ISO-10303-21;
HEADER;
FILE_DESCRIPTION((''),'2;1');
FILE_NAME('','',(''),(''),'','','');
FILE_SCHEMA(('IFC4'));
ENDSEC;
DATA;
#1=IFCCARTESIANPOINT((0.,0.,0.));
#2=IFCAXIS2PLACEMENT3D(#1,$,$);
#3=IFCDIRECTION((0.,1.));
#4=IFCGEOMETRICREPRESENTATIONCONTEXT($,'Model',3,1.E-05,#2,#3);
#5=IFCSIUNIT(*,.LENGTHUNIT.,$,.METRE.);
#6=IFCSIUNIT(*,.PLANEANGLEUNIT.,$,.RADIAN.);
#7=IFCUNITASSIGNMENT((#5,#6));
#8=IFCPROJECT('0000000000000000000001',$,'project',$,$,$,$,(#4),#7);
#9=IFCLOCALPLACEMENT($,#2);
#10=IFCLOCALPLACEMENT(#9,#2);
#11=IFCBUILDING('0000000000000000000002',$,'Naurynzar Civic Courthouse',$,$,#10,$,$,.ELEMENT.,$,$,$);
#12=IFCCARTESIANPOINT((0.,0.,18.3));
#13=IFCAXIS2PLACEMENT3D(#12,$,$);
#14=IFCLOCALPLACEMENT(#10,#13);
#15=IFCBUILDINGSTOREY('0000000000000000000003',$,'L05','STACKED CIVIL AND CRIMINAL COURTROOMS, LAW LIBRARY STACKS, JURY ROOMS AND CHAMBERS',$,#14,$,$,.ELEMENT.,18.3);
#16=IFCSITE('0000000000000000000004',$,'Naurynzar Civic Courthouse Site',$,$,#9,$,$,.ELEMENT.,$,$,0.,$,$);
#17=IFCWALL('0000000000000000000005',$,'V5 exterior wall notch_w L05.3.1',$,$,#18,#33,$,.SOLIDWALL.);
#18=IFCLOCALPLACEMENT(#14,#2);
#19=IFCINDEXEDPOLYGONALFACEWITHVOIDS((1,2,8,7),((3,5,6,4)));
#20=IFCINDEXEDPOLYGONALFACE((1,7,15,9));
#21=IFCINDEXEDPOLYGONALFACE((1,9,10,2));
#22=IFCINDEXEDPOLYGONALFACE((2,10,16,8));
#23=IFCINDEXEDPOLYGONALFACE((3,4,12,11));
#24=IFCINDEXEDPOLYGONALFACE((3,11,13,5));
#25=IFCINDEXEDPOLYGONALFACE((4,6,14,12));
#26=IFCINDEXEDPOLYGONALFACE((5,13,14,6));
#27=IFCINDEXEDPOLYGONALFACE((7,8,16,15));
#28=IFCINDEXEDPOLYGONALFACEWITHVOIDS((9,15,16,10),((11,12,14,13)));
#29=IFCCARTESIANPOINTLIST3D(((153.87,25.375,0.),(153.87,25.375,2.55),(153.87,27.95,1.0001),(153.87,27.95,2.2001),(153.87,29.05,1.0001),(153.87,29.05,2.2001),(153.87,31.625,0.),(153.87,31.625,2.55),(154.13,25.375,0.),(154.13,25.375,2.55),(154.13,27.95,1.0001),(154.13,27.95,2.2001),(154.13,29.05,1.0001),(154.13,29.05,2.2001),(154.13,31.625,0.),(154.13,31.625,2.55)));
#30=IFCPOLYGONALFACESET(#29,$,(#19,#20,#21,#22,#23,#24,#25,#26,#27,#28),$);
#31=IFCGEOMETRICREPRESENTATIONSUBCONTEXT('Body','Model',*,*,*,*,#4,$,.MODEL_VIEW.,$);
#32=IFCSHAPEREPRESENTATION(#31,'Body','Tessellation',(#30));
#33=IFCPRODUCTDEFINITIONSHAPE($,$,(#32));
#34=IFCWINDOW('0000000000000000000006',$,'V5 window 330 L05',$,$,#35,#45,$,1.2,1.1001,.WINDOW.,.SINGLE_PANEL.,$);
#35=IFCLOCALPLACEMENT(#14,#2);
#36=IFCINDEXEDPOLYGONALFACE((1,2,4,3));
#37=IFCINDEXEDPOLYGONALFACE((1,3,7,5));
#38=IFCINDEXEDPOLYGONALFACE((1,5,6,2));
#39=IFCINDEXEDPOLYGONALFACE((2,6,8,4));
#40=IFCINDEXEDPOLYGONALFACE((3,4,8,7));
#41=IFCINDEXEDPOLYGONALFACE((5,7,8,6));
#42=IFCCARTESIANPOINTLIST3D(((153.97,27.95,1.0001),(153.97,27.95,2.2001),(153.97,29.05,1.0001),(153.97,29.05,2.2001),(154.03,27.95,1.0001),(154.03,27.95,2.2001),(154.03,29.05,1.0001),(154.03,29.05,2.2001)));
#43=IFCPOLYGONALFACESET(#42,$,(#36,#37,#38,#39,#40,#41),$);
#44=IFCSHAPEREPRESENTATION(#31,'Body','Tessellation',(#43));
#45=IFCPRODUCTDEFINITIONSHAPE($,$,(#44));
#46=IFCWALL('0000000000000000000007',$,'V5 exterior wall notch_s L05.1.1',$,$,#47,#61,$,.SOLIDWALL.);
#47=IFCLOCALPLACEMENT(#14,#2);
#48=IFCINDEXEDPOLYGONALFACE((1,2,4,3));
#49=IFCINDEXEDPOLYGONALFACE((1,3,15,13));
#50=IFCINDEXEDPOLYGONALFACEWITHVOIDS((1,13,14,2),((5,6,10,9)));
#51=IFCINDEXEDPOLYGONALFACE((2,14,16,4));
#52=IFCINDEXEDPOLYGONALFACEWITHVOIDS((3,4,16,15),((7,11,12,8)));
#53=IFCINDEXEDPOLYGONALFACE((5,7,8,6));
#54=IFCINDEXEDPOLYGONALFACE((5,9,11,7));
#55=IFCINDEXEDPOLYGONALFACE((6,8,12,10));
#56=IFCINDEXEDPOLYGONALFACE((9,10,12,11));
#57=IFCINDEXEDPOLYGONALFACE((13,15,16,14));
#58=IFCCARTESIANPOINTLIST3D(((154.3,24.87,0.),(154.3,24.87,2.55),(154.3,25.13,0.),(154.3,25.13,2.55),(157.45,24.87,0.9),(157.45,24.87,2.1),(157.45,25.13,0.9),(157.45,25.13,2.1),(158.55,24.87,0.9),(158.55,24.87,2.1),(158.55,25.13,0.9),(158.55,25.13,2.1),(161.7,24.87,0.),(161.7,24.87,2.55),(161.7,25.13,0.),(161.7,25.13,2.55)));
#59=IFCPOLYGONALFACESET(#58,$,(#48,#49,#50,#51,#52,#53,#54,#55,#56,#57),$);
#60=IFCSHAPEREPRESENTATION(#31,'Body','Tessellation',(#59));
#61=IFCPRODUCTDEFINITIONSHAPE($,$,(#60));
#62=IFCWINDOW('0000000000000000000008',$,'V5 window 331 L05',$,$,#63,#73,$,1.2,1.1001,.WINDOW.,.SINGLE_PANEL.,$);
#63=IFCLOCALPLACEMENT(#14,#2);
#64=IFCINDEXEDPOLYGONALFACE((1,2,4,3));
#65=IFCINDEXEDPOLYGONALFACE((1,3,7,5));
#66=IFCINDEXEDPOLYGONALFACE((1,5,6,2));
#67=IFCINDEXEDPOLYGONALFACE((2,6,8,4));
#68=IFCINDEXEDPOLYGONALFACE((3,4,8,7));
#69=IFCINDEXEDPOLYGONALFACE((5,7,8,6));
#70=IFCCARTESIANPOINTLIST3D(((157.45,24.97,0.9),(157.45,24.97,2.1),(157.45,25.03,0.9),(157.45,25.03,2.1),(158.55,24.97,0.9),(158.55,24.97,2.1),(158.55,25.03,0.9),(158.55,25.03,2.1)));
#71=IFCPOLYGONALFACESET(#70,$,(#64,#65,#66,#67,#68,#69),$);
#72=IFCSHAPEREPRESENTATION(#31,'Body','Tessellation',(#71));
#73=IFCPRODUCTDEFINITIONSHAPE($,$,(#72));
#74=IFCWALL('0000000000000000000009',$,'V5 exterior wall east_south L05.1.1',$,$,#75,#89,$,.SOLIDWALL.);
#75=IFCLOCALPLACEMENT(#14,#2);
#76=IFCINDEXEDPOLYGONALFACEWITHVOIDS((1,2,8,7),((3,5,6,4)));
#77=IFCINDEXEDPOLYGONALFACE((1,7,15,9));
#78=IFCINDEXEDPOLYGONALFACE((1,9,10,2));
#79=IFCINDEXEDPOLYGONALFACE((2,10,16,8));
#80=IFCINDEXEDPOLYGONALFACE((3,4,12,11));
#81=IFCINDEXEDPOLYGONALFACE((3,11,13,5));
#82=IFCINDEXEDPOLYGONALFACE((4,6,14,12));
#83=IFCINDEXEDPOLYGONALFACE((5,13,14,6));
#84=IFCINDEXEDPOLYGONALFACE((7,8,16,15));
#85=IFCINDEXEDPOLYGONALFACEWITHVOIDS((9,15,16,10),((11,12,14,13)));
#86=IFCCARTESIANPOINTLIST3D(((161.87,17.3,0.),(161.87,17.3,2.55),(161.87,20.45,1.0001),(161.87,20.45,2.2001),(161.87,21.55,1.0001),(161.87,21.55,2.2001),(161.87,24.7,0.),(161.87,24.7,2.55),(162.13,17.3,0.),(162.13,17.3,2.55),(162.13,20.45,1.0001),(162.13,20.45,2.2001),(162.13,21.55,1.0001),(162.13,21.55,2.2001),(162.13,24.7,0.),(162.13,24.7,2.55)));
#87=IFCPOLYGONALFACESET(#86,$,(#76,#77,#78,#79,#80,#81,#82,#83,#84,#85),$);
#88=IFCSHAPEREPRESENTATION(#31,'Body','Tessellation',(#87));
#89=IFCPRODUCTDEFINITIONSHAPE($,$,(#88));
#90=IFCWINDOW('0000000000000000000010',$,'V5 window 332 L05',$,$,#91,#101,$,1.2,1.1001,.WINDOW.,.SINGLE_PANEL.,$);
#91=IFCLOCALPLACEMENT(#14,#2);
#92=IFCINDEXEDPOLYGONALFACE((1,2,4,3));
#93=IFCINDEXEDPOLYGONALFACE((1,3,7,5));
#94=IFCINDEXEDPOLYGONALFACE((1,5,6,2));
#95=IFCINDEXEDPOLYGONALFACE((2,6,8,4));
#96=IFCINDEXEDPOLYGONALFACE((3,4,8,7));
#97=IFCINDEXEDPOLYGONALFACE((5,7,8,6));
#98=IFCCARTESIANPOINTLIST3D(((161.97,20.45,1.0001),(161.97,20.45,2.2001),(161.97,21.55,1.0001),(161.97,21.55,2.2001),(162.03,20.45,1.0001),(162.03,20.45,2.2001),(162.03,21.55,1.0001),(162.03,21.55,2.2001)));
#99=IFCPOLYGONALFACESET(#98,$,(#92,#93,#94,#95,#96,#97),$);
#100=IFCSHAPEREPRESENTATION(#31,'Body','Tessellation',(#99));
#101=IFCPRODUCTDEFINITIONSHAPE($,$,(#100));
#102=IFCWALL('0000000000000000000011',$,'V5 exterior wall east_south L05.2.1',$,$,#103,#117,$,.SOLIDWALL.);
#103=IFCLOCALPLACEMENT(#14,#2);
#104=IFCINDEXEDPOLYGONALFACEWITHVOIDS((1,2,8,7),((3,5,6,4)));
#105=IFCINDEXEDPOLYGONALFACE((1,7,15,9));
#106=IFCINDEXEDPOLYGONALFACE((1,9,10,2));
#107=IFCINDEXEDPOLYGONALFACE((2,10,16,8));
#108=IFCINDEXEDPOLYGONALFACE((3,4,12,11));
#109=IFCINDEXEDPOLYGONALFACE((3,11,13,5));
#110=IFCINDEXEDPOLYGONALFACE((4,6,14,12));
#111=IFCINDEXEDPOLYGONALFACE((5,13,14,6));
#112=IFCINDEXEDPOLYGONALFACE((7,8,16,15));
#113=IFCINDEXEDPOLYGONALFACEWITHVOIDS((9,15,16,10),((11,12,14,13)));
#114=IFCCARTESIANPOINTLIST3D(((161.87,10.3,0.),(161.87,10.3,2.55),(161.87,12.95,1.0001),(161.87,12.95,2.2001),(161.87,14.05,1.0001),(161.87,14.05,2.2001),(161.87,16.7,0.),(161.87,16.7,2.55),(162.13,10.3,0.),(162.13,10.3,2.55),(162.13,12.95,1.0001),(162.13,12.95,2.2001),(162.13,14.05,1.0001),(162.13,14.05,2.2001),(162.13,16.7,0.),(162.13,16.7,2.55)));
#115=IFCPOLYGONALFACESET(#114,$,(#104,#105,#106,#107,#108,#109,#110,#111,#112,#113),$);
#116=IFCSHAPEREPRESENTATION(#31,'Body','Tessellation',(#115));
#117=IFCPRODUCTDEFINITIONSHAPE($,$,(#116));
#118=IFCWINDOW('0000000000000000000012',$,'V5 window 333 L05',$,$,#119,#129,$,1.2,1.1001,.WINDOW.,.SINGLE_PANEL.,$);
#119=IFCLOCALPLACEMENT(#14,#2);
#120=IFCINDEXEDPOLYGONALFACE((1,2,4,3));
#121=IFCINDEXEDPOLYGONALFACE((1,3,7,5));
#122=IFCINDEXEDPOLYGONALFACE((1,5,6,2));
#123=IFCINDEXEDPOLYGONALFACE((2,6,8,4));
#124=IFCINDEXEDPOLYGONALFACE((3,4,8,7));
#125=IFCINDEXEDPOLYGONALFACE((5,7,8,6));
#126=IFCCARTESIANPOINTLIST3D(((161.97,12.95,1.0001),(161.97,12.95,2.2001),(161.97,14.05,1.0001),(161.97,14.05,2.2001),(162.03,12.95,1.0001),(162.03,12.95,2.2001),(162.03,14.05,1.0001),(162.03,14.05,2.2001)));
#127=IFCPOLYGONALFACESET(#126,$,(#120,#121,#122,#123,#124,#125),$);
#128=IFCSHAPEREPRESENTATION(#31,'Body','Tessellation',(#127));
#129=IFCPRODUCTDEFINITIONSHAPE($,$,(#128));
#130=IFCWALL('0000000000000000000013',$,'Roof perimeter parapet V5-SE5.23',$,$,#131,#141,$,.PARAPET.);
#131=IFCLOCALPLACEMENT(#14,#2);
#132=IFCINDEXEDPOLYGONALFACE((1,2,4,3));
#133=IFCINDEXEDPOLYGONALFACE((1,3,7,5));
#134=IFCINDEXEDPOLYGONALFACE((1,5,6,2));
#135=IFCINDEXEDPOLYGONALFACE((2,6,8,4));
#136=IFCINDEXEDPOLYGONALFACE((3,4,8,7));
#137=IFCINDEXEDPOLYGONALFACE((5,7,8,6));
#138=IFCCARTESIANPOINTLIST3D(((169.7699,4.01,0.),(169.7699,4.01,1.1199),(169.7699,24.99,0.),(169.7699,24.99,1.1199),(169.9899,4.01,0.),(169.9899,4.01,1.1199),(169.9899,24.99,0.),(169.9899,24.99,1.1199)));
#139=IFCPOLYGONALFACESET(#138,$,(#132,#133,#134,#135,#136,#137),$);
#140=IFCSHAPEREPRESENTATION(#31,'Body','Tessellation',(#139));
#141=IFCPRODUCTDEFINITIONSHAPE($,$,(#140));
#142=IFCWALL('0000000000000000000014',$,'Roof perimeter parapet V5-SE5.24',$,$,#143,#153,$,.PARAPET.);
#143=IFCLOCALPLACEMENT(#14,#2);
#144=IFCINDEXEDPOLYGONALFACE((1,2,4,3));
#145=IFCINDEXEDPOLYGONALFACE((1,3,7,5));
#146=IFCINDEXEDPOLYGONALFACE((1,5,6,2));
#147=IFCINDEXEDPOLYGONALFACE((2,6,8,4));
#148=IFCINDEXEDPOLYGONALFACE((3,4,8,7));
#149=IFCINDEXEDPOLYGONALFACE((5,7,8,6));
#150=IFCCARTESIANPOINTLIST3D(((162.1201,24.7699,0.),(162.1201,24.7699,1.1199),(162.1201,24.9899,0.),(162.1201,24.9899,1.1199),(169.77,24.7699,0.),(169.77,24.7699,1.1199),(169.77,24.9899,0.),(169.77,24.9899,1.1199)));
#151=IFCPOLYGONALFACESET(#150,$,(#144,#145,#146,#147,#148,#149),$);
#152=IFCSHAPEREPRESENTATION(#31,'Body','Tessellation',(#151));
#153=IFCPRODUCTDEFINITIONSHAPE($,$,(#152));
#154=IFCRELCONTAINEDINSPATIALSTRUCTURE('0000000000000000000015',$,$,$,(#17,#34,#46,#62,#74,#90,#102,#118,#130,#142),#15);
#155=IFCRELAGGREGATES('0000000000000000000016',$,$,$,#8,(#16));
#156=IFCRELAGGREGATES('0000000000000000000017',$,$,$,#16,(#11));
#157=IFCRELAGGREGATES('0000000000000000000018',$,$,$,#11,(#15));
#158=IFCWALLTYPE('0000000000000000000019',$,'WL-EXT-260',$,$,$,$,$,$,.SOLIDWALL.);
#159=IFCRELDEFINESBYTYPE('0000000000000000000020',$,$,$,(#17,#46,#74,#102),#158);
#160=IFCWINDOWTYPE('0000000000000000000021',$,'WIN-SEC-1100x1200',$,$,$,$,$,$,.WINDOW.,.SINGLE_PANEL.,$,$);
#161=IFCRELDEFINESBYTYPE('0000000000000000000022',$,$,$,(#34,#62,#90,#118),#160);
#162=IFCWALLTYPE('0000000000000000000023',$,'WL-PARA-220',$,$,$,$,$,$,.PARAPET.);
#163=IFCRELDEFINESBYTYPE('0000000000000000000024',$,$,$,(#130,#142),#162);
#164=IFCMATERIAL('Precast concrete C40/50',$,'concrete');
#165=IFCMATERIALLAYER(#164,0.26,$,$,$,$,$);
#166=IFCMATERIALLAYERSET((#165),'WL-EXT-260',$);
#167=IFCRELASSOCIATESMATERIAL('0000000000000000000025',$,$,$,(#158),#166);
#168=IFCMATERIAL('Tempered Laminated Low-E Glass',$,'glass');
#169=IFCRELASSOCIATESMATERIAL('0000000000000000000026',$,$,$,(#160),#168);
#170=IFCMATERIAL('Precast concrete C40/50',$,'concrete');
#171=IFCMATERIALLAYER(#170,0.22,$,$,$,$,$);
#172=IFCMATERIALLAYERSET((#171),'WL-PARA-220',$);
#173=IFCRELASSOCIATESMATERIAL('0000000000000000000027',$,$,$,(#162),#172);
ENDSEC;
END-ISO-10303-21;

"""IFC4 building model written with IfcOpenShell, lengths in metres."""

from ifc_helpers import new_model, si_unit, direction, frame, frame_2d, origin, place, context, subcontext, project, spatial, rectangle, extrude, material, layer, layer_set, type_object, element, fill, save


model = new_model("IFC4")

# Units and contexts
model_context = context("Model", 3, precision=1e-05, world=origin(), true_north=direction((0.0, 1.0)))
body_context = subcontext(model_context, "Body", "Model", "MODEL_VIEW")
ifc_project = project(units=[si_unit("LENGTHUNIT", "METRE"), si_unit("PLANEANGLEUNIT", "RADIAN")], contexts=[model_context])

# Site, building, storey
site_placement = place(None, origin())
site = spatial("IfcSite", under=ifc_project, at=site_placement, Name="Naurynzar Civic Courthouse Site", CompositionType="ELEMENT", RefElevation=0.0)
building_placement = place(site_placement, origin())
building = spatial("IfcBuilding", under=site, at=building_placement, Name="Naurynzar Civic Courthouse", CompositionType="ELEMENT")
storey_placement = place(building_placement, frame((0.0, 0.0, 18.3)))
storey = spatial("IfcBuildingStorey", under=building, at=storey_placement, Name="L05", Description="STACKED CIVIL AND CRIMINAL COURTROOMS, LAW LIBRARY STACKS, JURY ROOMS AND CHAMBERS", CompositionType="ELEMENT", Elevation=18.3)

# Walls, openings, windows
ifc_material_1 = material(Name="Precast concrete C40/50", Category="concrete")
ifc_layer_1 = layer(ifc_material_1, 0.26)
ifc_layer_set_1 = layer_set([ifc_layer_1], Name="WL-EXT-260")
wall_type_1 = type_object("IfcWallType", Name="WL-EXT-260", PredefinedType="SOLIDWALL", material=ifc_layer_set_1)
wall_1_placement = place(storey_placement, frame((154.0, 31.625, 0.0), z_axis=(0.0, 0.0, 1.0), x_axis=(0.0, -1.0, 0.0)))
wall_1 = element("IfcWall", 1, at=wall_1_placement, inside=storey, type_object=wall_type_1, Name="V5 exterior wall notch_w L05.3.1", PredefinedType="SOLIDWALL", context=body_context, shape_type="SweptSolid", body=[
    extrude(rectangle(XDim=6.25, YDim=0.26, at=frame_2d((3.125, 0.0))), origin(), (0.0, 0.0, 1.0), 2.55),
])
opening_1_placement = place(wall_1_placement, frame((2.575, 0.0, 1.0)))
opening_1 = element("IfcOpeningElement", 2, at=opening_1_placement, cuts=wall_1, PredefinedType="OPENING", context=body_context, shape_type="SweptSolid", body=[
    extrude(rectangle(XDim=1.1001, YDim=1.2, at=frame_2d((0.55, 0.6001))), frame((0.0, 0.1399, 0.0), z_axis=(0.0, -1.0, 0.0), x_axis=(1.0, 0.0, 0.0)), (0.0, 0.0, 1.0), 0.28),
])
ifc_material_2 = material(Name="Tempered Laminated Low-E Glass", Category="glass")
window_type = type_object("IfcWindowType", Name="WIN-SEC-1100x1200", PartitioningType="SINGLE_PANEL", PredefinedType="WINDOW", material=ifc_material_2)
window_1_placement = place(opening_1_placement, origin())
window_1 = element("IfcWindow", 3, at=window_1_placement, inside=storey, type_object=window_type, Name="V5 window 330 L05", OverallHeight=1.2, OverallWidth=1.1001, PartitioningType="SINGLE_PANEL", PredefinedType="WINDOW", context=body_context, shape_type="SweptSolid", body=[
    extrude(rectangle(XDim=1.1001, YDim=1.2, at=frame_2d((0.55, 0.6001))), frame((0.0, 0.03, 0.0), z_axis=(0.0, -1.0, 0.0), x_axis=(1.0, 0.0, 0.0)), (0.0, 0.0, 1.0), 0.0601),
])
fill(opening_1, window_1)
wall_2_placement = place(storey_placement, frame((154.3, 25.0, 0.0), z_axis=(0.0, 0.0, 1.0), x_axis=(1.0, 0.0, 0.0)))
wall_2 = element("IfcWall", 4, at=wall_2_placement, inside=storey, type_object=wall_type_1, Name="V5 exterior wall notch_s L05.1.1", PredefinedType="SOLIDWALL", context=body_context, shape_type="SweptSolid", body=[
    extrude(rectangle(XDim=7.3999, YDim=0.26, at=frame_2d((3.7, 0.0))), origin(), (0.0, 0.0, 1.0), 2.55),
])
opening_2_placement = place(wall_2_placement, frame((3.1499, 0.0, 0.8999)))
opening_2 = element("IfcOpeningElement", 5, at=opening_2_placement, cuts=wall_2, PredefinedType="OPENING", context=body_context, shape_type="SweptSolid", body=[
    extrude(rectangle(XDim=1.1001, YDim=1.2, at=frame_2d((0.55, 0.6001))), frame((0.0, 0.1399, 0.0), z_axis=(0.0, -1.0, 0.0), x_axis=(1.0, 0.0, 0.0)), (0.0, 0.0, 1.0), 0.28),
])
window_2_placement = place(opening_2_placement, origin())
window_2 = element("IfcWindow", 6, at=window_2_placement, inside=storey, type_object=window_type, Name="V5 window 331 L05", OverallHeight=1.2, OverallWidth=1.1001, PartitioningType="SINGLE_PANEL", PredefinedType="WINDOW", context=body_context, shape_type="SweptSolid", body=[
    extrude(rectangle(XDim=1.1001, YDim=1.2, at=frame_2d((0.55, 0.6001))), frame((0.0, 0.03, 0.0), z_axis=(0.0, -1.0, 0.0), x_axis=(1.0, 0.0, 0.0)), (0.0, 0.0, 1.0), 0.0601),
])
fill(opening_2, window_2)
wall_3_placement = place(storey_placement, frame((162.0, 24.7, 0.0), z_axis=(0.0, 0.0, 1.0), x_axis=(0.0, -1.0, 0.0)))
wall_3 = element("IfcWall", 7, at=wall_3_placement, inside=storey, type_object=wall_type_1, Name="V5 exterior wall east_south L05.1.1", PredefinedType="SOLIDWALL", context=body_context, shape_type="SweptSolid", body=[
    extrude(rectangle(XDim=7.3999, YDim=0.26, at=frame_2d((3.7, 0.0))), origin(), (0.0, 0.0, 1.0), 2.55),
])
opening_3_placement = place(wall_3_placement, frame((3.1499, 0.0, 1.0)))
opening_3 = element("IfcOpeningElement", 8, at=opening_3_placement, cuts=wall_3, PredefinedType="OPENING", context=body_context, shape_type="SweptSolid", body=[
    extrude(rectangle(XDim=1.1001, YDim=1.2, at=frame_2d((0.55, 0.6001))), frame((0.0, 0.1399, 0.0), z_axis=(0.0, -1.0, 0.0), x_axis=(1.0, 0.0, 0.0)), (0.0, 0.0, 1.0), 0.28),
])
window_3_placement = place(opening_3_placement, origin())
window_3 = element("IfcWindow", 9, at=window_3_placement, inside=storey, type_object=window_type, Name="V5 window 332 L05", OverallHeight=1.2, OverallWidth=1.1001, PartitioningType="SINGLE_PANEL", PredefinedType="WINDOW", context=body_context, shape_type="SweptSolid", body=[
    extrude(rectangle(XDim=1.1001, YDim=1.2, at=frame_2d((0.55, 0.6001))), frame((0.0, 0.03, 0.0), z_axis=(0.0, -1.0, 0.0), x_axis=(1.0, 0.0, 0.0)), (0.0, 0.0, 1.0), 0.0601),
])
fill(opening_3, window_3)
wall_4_placement = place(storey_placement, frame((162.0, 16.7, 0.0), z_axis=(0.0, 0.0, 1.0), x_axis=(0.0, -1.0, 0.0)))
wall_4 = element("IfcWall", 10, at=wall_4_placement, inside=storey, type_object=wall_type_1, Name="V5 exterior wall east_south L05.2.1", PredefinedType="SOLIDWALL", context=body_context, shape_type="SweptSolid", body=[
    extrude(rectangle(XDim=6.3999, YDim=0.26, at=frame_2d((3.2, 0.0))), origin(), (0.0, 0.0, 1.0), 2.55),
])
opening_4_placement = place(wall_4_placement, frame((2.6499, 0.0, 1.0)))
opening_4 = element("IfcOpeningElement", 11, at=opening_4_placement, cuts=wall_4, PredefinedType="OPENING", context=body_context, shape_type="SweptSolid", body=[
    extrude(rectangle(XDim=1.1001, YDim=1.2, at=frame_2d((0.55, 0.6001))), frame((0.0, 0.1399, 0.0), z_axis=(0.0, -1.0, 0.0), x_axis=(1.0, 0.0, 0.0)), (0.0, 0.0, 1.0), 0.28),
])
window_4_placement = place(opening_4_placement, origin())
window_4 = element("IfcWindow", 12, at=window_4_placement, inside=storey, type_object=window_type, Name="V5 window 333 L05", OverallHeight=1.2, OverallWidth=1.1001, PartitioningType="SINGLE_PANEL", PredefinedType="WINDOW", context=body_context, shape_type="SweptSolid", body=[
    extrude(rectangle(XDim=1.1001, YDim=1.2, at=frame_2d((0.55, 0.6001))), frame((0.0, 0.03, 0.0), z_axis=(0.0, -1.0, 0.0), x_axis=(1.0, 0.0, 0.0)), (0.0, 0.0, 1.0), 0.0601),
])
fill(opening_4, window_4)

# Walls
ifc_material_3 = material(Name="Precast concrete C40/50", Category="concrete")
ifc_layer_2 = layer(ifc_material_3, 0.22)
ifc_layer_set_2 = layer_set([ifc_layer_2], Name="WL-PARA-220")
wall_type_2 = type_object("IfcWallType", Name="WL-PARA-220", PredefinedType="PARAPET", material=ifc_layer_set_2)
wall_5_placement = place(storey_placement, frame((169.8799, 24.99, 0.0), z_axis=(0.0, 0.0, 1.0), x_axis=(0.0, -1.0, 0.0)))
element("IfcWall", 13, at=wall_5_placement, inside=storey, type_object=wall_type_2, Name="Roof perimeter parapet V5-SE5.23", PredefinedType="PARAPET", context=body_context, shape_type="SweptSolid", body=[
    extrude(rectangle(XDim=20.98, YDim=0.22, at=frame_2d((10.49, 0.0))), origin(), (0.0, 0.0, 1.0), 1.1199),
])
wall_6_placement = place(storey_placement, frame((162.1201, 24.8799, 0.0), z_axis=(0.0, 0.0, 1.0), x_axis=(1.0, 0.0, 0.0)))
element("IfcWall", 14, at=wall_6_placement, inside=storey, type_object=wall_type_2, Name="Roof perimeter parapet V5-SE5.24", PredefinedType="PARAPET", context=body_context, shape_type="SweptSolid", body=[
    extrude(rectangle(XDim=7.6499, YDim=0.22, at=frame_2d((3.825, 0.0))), origin(), (0.0, 0.0, 1.0), 1.1199),
])

save(model, "model.ifc")
